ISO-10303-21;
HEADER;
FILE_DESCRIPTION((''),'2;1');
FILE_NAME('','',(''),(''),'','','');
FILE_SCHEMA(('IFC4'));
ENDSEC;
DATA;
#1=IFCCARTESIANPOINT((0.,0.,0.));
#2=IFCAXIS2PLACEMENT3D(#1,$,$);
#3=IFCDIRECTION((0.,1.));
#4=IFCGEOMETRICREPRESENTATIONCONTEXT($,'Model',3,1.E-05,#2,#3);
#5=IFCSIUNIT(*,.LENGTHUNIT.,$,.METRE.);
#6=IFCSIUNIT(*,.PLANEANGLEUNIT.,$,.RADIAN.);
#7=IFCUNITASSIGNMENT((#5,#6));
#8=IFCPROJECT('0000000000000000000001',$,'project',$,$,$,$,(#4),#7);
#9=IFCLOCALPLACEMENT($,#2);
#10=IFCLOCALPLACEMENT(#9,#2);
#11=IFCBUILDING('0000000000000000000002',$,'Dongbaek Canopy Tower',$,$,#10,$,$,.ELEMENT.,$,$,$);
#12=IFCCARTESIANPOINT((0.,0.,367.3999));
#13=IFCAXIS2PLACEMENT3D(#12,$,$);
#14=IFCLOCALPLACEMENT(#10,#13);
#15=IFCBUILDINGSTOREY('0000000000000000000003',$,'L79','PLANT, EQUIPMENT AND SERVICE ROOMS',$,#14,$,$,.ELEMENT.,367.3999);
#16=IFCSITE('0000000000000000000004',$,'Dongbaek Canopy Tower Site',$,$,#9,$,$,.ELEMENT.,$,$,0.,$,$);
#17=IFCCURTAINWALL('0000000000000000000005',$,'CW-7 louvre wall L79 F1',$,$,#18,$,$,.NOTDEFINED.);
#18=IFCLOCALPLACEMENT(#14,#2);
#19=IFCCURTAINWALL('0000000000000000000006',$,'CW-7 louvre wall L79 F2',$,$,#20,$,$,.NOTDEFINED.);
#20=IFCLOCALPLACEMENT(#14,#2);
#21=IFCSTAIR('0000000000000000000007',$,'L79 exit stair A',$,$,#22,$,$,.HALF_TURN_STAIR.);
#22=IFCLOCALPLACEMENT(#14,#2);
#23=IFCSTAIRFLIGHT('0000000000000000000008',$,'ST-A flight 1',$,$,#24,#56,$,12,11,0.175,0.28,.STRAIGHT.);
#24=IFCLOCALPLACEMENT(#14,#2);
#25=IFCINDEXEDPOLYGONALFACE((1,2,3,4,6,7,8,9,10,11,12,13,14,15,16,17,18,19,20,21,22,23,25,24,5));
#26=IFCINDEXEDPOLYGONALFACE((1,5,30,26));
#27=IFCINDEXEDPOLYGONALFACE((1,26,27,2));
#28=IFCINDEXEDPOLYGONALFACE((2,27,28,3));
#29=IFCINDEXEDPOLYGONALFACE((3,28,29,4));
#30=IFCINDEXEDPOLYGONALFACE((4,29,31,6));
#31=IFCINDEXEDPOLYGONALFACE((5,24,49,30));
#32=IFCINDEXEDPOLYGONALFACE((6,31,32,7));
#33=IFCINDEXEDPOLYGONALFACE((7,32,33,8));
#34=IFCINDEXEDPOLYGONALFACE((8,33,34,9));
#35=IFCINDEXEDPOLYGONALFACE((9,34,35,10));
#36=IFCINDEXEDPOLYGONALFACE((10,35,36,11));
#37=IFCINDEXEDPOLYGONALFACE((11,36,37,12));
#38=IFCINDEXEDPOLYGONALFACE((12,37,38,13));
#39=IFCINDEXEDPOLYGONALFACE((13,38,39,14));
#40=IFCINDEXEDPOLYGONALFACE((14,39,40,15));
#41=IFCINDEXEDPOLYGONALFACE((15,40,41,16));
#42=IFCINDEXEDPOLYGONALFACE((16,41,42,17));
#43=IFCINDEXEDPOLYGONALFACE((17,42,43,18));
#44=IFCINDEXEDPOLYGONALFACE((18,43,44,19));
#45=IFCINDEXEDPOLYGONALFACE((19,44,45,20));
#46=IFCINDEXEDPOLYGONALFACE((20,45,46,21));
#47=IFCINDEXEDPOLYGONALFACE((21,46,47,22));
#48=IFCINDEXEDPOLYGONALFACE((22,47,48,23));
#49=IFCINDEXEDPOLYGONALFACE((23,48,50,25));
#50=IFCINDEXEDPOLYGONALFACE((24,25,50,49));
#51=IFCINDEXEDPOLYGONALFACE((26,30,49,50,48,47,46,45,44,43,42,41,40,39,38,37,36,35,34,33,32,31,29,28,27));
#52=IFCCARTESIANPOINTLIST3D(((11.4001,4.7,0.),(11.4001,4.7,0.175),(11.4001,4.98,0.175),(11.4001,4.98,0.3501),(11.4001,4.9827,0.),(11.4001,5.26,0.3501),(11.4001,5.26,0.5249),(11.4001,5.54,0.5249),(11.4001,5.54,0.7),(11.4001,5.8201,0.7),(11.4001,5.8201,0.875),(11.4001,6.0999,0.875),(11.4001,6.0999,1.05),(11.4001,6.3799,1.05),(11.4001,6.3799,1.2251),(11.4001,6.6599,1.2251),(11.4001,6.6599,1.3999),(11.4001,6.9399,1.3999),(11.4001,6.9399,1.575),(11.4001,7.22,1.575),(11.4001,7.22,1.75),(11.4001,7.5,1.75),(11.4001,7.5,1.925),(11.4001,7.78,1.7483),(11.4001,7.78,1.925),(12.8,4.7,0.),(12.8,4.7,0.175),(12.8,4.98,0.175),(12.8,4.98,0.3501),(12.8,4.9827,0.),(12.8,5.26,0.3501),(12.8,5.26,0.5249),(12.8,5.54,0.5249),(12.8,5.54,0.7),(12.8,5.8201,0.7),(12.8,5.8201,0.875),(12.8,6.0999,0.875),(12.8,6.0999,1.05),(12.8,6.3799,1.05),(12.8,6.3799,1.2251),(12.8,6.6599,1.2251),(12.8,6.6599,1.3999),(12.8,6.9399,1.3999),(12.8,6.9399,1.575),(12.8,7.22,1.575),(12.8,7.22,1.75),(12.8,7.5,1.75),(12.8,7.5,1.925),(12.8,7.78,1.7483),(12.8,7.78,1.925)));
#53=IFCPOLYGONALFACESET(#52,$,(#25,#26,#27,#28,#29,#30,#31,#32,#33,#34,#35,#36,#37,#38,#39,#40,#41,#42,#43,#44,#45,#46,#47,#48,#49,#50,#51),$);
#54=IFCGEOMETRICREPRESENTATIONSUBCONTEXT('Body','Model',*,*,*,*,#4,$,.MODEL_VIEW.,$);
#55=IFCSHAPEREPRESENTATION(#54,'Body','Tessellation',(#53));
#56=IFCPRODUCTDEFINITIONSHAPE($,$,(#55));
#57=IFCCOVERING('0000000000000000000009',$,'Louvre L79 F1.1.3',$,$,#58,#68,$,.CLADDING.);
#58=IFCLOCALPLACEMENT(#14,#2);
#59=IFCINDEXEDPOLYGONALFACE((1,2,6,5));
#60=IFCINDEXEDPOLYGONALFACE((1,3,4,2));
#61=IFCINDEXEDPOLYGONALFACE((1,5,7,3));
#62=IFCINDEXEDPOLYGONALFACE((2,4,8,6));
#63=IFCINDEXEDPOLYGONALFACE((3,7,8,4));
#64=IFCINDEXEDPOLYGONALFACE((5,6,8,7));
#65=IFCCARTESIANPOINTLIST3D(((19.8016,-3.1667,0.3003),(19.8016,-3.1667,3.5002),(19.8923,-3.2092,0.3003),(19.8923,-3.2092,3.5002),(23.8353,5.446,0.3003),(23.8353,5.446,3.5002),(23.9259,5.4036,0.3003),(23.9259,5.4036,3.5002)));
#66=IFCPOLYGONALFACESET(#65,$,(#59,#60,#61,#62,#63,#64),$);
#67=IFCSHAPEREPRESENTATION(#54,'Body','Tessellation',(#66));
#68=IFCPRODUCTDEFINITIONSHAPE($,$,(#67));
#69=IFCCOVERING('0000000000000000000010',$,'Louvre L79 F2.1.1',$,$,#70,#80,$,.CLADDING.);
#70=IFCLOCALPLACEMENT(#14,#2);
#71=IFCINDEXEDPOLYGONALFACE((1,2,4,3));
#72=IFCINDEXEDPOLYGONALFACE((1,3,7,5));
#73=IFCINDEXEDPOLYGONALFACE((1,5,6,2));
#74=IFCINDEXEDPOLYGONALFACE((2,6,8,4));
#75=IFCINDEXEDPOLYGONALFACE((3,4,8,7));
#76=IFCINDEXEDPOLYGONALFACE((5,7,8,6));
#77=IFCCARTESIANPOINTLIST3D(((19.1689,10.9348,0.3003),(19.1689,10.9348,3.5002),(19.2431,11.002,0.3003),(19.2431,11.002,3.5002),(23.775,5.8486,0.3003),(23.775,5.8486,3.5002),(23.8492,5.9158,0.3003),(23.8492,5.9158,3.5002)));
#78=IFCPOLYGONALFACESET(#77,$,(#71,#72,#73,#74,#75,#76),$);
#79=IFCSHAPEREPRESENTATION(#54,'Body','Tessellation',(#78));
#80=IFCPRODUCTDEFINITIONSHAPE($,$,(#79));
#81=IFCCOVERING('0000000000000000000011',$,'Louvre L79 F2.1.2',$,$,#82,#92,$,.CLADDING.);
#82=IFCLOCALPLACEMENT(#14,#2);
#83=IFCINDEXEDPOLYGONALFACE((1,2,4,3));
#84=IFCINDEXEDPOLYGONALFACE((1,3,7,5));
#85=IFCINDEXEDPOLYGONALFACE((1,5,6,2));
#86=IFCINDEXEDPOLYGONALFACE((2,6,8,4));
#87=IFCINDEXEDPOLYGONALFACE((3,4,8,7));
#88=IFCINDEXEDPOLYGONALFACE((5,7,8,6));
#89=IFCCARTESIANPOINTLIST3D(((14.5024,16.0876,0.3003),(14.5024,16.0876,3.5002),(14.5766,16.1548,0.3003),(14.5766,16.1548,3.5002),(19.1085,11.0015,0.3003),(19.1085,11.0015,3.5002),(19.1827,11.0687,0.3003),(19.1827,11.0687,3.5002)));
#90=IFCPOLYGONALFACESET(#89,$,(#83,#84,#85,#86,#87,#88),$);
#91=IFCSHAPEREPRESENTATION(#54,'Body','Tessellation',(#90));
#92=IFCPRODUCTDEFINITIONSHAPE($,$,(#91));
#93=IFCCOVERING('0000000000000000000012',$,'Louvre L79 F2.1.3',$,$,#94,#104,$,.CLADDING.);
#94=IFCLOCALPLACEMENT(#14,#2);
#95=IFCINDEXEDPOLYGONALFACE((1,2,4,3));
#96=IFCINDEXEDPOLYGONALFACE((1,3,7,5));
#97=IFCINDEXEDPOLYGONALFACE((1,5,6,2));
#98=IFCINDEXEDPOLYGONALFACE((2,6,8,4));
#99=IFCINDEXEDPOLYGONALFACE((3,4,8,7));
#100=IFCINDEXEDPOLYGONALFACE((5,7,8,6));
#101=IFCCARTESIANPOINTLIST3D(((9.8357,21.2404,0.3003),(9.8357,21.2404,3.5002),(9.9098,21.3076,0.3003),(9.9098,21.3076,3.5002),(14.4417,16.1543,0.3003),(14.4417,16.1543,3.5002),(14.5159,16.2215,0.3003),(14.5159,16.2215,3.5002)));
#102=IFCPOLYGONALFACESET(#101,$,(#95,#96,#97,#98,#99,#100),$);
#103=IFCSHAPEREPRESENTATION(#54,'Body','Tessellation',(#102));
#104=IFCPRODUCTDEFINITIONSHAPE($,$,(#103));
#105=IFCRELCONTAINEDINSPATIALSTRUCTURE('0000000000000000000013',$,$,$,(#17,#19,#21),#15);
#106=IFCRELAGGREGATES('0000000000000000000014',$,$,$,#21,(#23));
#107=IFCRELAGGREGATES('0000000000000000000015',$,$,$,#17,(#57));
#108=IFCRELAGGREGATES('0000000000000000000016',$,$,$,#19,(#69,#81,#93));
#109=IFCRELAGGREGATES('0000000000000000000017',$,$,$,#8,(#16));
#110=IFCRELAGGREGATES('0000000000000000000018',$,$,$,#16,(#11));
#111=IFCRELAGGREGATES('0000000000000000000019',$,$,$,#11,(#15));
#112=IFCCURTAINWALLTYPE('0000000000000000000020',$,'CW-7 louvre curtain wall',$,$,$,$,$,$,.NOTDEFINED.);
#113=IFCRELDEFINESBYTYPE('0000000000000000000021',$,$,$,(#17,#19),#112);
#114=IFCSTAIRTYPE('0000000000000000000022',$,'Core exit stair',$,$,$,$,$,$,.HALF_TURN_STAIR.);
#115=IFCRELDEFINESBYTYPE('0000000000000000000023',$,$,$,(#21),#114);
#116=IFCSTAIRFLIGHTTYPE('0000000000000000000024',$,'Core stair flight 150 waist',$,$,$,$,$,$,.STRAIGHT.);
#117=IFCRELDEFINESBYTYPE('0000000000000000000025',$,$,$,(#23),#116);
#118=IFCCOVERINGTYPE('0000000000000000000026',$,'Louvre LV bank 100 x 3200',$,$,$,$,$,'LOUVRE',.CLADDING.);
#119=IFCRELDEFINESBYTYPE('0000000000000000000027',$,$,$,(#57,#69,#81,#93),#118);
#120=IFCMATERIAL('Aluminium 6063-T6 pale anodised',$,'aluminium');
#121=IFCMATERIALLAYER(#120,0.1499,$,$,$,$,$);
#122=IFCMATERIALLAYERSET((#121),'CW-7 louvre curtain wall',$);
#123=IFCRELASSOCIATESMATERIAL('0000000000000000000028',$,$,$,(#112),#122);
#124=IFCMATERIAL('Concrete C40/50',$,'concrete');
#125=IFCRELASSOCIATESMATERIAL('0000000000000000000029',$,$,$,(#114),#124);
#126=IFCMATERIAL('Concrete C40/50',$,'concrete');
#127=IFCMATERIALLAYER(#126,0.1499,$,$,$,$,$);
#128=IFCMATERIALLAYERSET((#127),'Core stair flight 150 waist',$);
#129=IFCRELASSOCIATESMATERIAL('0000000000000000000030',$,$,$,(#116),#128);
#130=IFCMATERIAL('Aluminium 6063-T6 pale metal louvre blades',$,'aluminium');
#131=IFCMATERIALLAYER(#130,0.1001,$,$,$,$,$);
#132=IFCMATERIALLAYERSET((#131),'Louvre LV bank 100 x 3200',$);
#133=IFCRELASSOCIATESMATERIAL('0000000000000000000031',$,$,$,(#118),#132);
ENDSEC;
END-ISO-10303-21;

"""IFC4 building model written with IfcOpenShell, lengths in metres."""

from ifc_helpers import new_model, si_unit, direction, frame, origin, origin_2d, place, context, subcontext, project, spatial, polyline, rectangle, outline, extrude, material, layer, layer_set, type_object, element, aggregate, save


model = new_model("IFC4")

# Units and contexts
model_context = context("Model", 3, precision=1e-05, world=origin(), true_north=direction((0.0, 1.0)))
body_context = subcontext(model_context, "Body", "Model", "MODEL_VIEW")
ifc_project = project(units=[si_unit("LENGTHUNIT", "METRE"), si_unit("PLANEANGLEUNIT", "RADIAN")], contexts=[model_context])

# Site, building, storey
site_placement = place(None, origin())
site = spatial("IfcSite", under=ifc_project, at=site_placement, Name="Dongbaek Canopy Tower Site", CompositionType="ELEMENT", RefElevation=0.0)
building_placement = place(site_placement, origin())
building = spatial("IfcBuilding", under=site, at=building_placement, Name="Dongbaek Canopy Tower", CompositionType="ELEMENT")
storey_placement = place(building_placement, frame((0.0, 0.0, 367.3999)))
storey = spatial("IfcBuildingStorey", under=building, at=storey_placement, Name="L79", Description="PLANT, EQUIPMENT AND SERVICE ROOMS", CompositionType="ELEMENT", Elevation=367.3999)

# Curtain wall
ifc_material_1 = material(Name="Aluminium 6063-T6 pale anodised", Category="aluminium")
ifc_layer_1 = layer(ifc_material_1, 0.1499)
ifc_layer_set_1 = layer_set([ifc_layer_1], Name="CW-7 louvre curtain wall")
curtain_wall_type = type_object("IfcCurtainWallType", Name="CW-7 louvre curtain wall", PredefinedType="NOTDEFINED", material=ifc_layer_set_1)
curtain_wall_1_placement = place(storey_placement, origin())
curtain_wall_1 = element("IfcCurtainWall", 1, at=curtain_wall_1_placement, inside=storey, type_object=curtain_wall_type, Name="CW-7 louvre wall L79 F1", PredefinedType="NOTDEFINED")

# Curtain wall
curtain_wall_2_placement = place(storey_placement, origin())
curtain_wall_2 = element("IfcCurtainWall", 2, at=curtain_wall_2_placement, inside=storey, type_object=curtain_wall_type, Name="CW-7 louvre wall L79 F2", PredefinedType="NOTDEFINED")

# Stair, stair flight
ifc_material_2 = material(Name="Concrete C40/50", Category="concrete")
stair_type = type_object("IfcStairType", Name="Core exit stair", PredefinedType="HALF_TURN_STAIR", material=ifc_material_2)
stair_placement = place(storey_placement, origin())
stair = element("IfcStair", 3, at=stair_placement, inside=storey, type_object=stair_type, Name="L79 exit stair A", PredefinedType="HALF_TURN_STAIR")
ifc_material_3 = material(Name="Concrete C40/50", Category="concrete")
ifc_layer_2 = layer(ifc_material_3, 0.1499)
ifc_layer_set_2 = layer_set([ifc_layer_2], Name="Core stair flight 150 waist")
stair_flight_type = type_object("IfcStairFlightType", Name="Core stair flight 150 waist", PredefinedType="STRAIGHT", material=ifc_layer_set_2)
stair_flight_placement = place(storey_placement, frame((12.1001, 4.7, 0.0), z_axis=(0.0, 0.0, 1.0), x_axis=(0.0, 1.0, 0.0)))
stair_flight = element("IfcStairFlight", 4, at=stair_flight_placement, type_object=stair_flight_type, Name="ST-A flight 1", NumberOfRisers=12, NumberOfTreads=11, PredefinedType="STRAIGHT", RiserHeight=0.175, TreadLength=0.28, context=body_context, shape_type="SweptSolid", body=[
    extrude(outline(polyline([(0.0, 0.0), (0.0, 0.175), (0.28, 0.175), (0.28, 0.3501), (0.5601, 0.3501), (0.5601, 0.5249), (0.8401, 0.5249), (0.8401, 0.7), (1.1201, 0.7), (1.1201, 0.875), (1.3999, 0.875), (1.3999, 1.05), (1.6799, 1.05), (1.6799, 1.2251), (1.96, 1.2251), (1.96, 1.3999), (2.24, 1.3999), (2.24, 1.575), (2.52, 1.575), (2.52, 1.75), (2.8, 1.75), (2.8, 1.925), (3.0801, 1.925), (3.0801, 2.1001), (3.0801, 1.7483), (0.2827, 0.0), (0.0, 0.0)])), frame((0.0, 0.7, 0.0), z_axis=(0.0, -1.0, 0.0), x_axis=(1.0, 0.0, 0.0)), (0.0, 0.0, 1.0), 1.3999),
])
aggregate(stair, [stair_flight])

# Coverings
ifc_material_4 = material(Name="Aluminium 6063-T6 pale metal louvre blades", Category="aluminium")
ifc_layer_3 = layer(ifc_material_4, 0.1001)
ifc_layer_set_3 = layer_set([ifc_layer_3], Name="Louvre LV bank 100 x 3200")
covering_type = type_object("IfcCoveringType", Name="Louvre LV bank 100 x 3200", ElementType="LOUVRE", PredefinedType="CLADDING", material=ifc_layer_set_3)
covering_1_placement = place(storey_placement, frame((21.8638, 1.1184, 0.3003), z_axis=(0.0, 0.0, 1.0), x_axis=(0.424123, 0.905605, 0.0)))
covering_1 = element("IfcCovering", 5, at=covering_1_placement, type_object=covering_type, Name="Louvre L79 F1.1.3", PredefinedType="CLADDING", context=body_context, shape_type="SweptSolid", body=[
    extrude(rectangle(XDim=9.5105, YDim=0.1001, at=origin_2d()), origin(), (0.0, 0.0, 1.0), 3.2),
])
covering_2_placement = place(storey_placement, frame((21.509, 8.4253, 0.3003), z_axis=(0.0, 0.0, 1.0), x_axis=(-0.67126, 0.741222, 0.0)))
covering_2 = element("IfcCovering", 6, at=covering_2_placement, type_object=covering_type, Name="Louvre L79 F2.1.1", PredefinedType="CLADDING", context=body_context, shape_type="SweptSolid", body=[
    extrude(rectangle(XDim=6.8618, YDim=0.1001, at=origin_2d()), origin(), (0.0, 0.0, 1.0), 3.2),
])
covering_3_placement = place(storey_placement, frame((16.8425, 13.5781, 0.3003), z_axis=(0.0, 0.0, 1.0), x_axis=(-0.67126, 0.741222, 0.0)))
covering_3 = element("IfcCovering", 7, at=covering_3_placement, type_object=covering_type, Name="Louvre L79 F2.1.2", PredefinedType="CLADDING", context=body_context, shape_type="SweptSolid", body=[
    extrude(rectangle(XDim=6.8618, YDim=0.1001, at=origin_2d()), origin(), (0.0, 0.0, 1.0), 3.2),
])
covering_4_placement = place(storey_placement, frame((12.1758, 18.731, 0.3003), z_axis=(0.0, 0.0, 1.0), x_axis=(-0.67126, 0.741222, 0.0)))
covering_4 = element("IfcCovering", 8, at=covering_4_placement, type_object=covering_type, Name="Louvre L79 F2.1.3", PredefinedType="CLADDING", context=body_context, shape_type="SweptSolid", body=[
    extrude(rectangle(XDim=6.8618, YDim=0.1001, at=origin_2d()), origin(), (0.0, 0.0, 1.0), 3.2),
])

aggregate(curtain_wall_1, [covering_1])
aggregate(curtain_wall_2, [covering_2, covering_3, covering_4])

save(model, "model.ifc")
